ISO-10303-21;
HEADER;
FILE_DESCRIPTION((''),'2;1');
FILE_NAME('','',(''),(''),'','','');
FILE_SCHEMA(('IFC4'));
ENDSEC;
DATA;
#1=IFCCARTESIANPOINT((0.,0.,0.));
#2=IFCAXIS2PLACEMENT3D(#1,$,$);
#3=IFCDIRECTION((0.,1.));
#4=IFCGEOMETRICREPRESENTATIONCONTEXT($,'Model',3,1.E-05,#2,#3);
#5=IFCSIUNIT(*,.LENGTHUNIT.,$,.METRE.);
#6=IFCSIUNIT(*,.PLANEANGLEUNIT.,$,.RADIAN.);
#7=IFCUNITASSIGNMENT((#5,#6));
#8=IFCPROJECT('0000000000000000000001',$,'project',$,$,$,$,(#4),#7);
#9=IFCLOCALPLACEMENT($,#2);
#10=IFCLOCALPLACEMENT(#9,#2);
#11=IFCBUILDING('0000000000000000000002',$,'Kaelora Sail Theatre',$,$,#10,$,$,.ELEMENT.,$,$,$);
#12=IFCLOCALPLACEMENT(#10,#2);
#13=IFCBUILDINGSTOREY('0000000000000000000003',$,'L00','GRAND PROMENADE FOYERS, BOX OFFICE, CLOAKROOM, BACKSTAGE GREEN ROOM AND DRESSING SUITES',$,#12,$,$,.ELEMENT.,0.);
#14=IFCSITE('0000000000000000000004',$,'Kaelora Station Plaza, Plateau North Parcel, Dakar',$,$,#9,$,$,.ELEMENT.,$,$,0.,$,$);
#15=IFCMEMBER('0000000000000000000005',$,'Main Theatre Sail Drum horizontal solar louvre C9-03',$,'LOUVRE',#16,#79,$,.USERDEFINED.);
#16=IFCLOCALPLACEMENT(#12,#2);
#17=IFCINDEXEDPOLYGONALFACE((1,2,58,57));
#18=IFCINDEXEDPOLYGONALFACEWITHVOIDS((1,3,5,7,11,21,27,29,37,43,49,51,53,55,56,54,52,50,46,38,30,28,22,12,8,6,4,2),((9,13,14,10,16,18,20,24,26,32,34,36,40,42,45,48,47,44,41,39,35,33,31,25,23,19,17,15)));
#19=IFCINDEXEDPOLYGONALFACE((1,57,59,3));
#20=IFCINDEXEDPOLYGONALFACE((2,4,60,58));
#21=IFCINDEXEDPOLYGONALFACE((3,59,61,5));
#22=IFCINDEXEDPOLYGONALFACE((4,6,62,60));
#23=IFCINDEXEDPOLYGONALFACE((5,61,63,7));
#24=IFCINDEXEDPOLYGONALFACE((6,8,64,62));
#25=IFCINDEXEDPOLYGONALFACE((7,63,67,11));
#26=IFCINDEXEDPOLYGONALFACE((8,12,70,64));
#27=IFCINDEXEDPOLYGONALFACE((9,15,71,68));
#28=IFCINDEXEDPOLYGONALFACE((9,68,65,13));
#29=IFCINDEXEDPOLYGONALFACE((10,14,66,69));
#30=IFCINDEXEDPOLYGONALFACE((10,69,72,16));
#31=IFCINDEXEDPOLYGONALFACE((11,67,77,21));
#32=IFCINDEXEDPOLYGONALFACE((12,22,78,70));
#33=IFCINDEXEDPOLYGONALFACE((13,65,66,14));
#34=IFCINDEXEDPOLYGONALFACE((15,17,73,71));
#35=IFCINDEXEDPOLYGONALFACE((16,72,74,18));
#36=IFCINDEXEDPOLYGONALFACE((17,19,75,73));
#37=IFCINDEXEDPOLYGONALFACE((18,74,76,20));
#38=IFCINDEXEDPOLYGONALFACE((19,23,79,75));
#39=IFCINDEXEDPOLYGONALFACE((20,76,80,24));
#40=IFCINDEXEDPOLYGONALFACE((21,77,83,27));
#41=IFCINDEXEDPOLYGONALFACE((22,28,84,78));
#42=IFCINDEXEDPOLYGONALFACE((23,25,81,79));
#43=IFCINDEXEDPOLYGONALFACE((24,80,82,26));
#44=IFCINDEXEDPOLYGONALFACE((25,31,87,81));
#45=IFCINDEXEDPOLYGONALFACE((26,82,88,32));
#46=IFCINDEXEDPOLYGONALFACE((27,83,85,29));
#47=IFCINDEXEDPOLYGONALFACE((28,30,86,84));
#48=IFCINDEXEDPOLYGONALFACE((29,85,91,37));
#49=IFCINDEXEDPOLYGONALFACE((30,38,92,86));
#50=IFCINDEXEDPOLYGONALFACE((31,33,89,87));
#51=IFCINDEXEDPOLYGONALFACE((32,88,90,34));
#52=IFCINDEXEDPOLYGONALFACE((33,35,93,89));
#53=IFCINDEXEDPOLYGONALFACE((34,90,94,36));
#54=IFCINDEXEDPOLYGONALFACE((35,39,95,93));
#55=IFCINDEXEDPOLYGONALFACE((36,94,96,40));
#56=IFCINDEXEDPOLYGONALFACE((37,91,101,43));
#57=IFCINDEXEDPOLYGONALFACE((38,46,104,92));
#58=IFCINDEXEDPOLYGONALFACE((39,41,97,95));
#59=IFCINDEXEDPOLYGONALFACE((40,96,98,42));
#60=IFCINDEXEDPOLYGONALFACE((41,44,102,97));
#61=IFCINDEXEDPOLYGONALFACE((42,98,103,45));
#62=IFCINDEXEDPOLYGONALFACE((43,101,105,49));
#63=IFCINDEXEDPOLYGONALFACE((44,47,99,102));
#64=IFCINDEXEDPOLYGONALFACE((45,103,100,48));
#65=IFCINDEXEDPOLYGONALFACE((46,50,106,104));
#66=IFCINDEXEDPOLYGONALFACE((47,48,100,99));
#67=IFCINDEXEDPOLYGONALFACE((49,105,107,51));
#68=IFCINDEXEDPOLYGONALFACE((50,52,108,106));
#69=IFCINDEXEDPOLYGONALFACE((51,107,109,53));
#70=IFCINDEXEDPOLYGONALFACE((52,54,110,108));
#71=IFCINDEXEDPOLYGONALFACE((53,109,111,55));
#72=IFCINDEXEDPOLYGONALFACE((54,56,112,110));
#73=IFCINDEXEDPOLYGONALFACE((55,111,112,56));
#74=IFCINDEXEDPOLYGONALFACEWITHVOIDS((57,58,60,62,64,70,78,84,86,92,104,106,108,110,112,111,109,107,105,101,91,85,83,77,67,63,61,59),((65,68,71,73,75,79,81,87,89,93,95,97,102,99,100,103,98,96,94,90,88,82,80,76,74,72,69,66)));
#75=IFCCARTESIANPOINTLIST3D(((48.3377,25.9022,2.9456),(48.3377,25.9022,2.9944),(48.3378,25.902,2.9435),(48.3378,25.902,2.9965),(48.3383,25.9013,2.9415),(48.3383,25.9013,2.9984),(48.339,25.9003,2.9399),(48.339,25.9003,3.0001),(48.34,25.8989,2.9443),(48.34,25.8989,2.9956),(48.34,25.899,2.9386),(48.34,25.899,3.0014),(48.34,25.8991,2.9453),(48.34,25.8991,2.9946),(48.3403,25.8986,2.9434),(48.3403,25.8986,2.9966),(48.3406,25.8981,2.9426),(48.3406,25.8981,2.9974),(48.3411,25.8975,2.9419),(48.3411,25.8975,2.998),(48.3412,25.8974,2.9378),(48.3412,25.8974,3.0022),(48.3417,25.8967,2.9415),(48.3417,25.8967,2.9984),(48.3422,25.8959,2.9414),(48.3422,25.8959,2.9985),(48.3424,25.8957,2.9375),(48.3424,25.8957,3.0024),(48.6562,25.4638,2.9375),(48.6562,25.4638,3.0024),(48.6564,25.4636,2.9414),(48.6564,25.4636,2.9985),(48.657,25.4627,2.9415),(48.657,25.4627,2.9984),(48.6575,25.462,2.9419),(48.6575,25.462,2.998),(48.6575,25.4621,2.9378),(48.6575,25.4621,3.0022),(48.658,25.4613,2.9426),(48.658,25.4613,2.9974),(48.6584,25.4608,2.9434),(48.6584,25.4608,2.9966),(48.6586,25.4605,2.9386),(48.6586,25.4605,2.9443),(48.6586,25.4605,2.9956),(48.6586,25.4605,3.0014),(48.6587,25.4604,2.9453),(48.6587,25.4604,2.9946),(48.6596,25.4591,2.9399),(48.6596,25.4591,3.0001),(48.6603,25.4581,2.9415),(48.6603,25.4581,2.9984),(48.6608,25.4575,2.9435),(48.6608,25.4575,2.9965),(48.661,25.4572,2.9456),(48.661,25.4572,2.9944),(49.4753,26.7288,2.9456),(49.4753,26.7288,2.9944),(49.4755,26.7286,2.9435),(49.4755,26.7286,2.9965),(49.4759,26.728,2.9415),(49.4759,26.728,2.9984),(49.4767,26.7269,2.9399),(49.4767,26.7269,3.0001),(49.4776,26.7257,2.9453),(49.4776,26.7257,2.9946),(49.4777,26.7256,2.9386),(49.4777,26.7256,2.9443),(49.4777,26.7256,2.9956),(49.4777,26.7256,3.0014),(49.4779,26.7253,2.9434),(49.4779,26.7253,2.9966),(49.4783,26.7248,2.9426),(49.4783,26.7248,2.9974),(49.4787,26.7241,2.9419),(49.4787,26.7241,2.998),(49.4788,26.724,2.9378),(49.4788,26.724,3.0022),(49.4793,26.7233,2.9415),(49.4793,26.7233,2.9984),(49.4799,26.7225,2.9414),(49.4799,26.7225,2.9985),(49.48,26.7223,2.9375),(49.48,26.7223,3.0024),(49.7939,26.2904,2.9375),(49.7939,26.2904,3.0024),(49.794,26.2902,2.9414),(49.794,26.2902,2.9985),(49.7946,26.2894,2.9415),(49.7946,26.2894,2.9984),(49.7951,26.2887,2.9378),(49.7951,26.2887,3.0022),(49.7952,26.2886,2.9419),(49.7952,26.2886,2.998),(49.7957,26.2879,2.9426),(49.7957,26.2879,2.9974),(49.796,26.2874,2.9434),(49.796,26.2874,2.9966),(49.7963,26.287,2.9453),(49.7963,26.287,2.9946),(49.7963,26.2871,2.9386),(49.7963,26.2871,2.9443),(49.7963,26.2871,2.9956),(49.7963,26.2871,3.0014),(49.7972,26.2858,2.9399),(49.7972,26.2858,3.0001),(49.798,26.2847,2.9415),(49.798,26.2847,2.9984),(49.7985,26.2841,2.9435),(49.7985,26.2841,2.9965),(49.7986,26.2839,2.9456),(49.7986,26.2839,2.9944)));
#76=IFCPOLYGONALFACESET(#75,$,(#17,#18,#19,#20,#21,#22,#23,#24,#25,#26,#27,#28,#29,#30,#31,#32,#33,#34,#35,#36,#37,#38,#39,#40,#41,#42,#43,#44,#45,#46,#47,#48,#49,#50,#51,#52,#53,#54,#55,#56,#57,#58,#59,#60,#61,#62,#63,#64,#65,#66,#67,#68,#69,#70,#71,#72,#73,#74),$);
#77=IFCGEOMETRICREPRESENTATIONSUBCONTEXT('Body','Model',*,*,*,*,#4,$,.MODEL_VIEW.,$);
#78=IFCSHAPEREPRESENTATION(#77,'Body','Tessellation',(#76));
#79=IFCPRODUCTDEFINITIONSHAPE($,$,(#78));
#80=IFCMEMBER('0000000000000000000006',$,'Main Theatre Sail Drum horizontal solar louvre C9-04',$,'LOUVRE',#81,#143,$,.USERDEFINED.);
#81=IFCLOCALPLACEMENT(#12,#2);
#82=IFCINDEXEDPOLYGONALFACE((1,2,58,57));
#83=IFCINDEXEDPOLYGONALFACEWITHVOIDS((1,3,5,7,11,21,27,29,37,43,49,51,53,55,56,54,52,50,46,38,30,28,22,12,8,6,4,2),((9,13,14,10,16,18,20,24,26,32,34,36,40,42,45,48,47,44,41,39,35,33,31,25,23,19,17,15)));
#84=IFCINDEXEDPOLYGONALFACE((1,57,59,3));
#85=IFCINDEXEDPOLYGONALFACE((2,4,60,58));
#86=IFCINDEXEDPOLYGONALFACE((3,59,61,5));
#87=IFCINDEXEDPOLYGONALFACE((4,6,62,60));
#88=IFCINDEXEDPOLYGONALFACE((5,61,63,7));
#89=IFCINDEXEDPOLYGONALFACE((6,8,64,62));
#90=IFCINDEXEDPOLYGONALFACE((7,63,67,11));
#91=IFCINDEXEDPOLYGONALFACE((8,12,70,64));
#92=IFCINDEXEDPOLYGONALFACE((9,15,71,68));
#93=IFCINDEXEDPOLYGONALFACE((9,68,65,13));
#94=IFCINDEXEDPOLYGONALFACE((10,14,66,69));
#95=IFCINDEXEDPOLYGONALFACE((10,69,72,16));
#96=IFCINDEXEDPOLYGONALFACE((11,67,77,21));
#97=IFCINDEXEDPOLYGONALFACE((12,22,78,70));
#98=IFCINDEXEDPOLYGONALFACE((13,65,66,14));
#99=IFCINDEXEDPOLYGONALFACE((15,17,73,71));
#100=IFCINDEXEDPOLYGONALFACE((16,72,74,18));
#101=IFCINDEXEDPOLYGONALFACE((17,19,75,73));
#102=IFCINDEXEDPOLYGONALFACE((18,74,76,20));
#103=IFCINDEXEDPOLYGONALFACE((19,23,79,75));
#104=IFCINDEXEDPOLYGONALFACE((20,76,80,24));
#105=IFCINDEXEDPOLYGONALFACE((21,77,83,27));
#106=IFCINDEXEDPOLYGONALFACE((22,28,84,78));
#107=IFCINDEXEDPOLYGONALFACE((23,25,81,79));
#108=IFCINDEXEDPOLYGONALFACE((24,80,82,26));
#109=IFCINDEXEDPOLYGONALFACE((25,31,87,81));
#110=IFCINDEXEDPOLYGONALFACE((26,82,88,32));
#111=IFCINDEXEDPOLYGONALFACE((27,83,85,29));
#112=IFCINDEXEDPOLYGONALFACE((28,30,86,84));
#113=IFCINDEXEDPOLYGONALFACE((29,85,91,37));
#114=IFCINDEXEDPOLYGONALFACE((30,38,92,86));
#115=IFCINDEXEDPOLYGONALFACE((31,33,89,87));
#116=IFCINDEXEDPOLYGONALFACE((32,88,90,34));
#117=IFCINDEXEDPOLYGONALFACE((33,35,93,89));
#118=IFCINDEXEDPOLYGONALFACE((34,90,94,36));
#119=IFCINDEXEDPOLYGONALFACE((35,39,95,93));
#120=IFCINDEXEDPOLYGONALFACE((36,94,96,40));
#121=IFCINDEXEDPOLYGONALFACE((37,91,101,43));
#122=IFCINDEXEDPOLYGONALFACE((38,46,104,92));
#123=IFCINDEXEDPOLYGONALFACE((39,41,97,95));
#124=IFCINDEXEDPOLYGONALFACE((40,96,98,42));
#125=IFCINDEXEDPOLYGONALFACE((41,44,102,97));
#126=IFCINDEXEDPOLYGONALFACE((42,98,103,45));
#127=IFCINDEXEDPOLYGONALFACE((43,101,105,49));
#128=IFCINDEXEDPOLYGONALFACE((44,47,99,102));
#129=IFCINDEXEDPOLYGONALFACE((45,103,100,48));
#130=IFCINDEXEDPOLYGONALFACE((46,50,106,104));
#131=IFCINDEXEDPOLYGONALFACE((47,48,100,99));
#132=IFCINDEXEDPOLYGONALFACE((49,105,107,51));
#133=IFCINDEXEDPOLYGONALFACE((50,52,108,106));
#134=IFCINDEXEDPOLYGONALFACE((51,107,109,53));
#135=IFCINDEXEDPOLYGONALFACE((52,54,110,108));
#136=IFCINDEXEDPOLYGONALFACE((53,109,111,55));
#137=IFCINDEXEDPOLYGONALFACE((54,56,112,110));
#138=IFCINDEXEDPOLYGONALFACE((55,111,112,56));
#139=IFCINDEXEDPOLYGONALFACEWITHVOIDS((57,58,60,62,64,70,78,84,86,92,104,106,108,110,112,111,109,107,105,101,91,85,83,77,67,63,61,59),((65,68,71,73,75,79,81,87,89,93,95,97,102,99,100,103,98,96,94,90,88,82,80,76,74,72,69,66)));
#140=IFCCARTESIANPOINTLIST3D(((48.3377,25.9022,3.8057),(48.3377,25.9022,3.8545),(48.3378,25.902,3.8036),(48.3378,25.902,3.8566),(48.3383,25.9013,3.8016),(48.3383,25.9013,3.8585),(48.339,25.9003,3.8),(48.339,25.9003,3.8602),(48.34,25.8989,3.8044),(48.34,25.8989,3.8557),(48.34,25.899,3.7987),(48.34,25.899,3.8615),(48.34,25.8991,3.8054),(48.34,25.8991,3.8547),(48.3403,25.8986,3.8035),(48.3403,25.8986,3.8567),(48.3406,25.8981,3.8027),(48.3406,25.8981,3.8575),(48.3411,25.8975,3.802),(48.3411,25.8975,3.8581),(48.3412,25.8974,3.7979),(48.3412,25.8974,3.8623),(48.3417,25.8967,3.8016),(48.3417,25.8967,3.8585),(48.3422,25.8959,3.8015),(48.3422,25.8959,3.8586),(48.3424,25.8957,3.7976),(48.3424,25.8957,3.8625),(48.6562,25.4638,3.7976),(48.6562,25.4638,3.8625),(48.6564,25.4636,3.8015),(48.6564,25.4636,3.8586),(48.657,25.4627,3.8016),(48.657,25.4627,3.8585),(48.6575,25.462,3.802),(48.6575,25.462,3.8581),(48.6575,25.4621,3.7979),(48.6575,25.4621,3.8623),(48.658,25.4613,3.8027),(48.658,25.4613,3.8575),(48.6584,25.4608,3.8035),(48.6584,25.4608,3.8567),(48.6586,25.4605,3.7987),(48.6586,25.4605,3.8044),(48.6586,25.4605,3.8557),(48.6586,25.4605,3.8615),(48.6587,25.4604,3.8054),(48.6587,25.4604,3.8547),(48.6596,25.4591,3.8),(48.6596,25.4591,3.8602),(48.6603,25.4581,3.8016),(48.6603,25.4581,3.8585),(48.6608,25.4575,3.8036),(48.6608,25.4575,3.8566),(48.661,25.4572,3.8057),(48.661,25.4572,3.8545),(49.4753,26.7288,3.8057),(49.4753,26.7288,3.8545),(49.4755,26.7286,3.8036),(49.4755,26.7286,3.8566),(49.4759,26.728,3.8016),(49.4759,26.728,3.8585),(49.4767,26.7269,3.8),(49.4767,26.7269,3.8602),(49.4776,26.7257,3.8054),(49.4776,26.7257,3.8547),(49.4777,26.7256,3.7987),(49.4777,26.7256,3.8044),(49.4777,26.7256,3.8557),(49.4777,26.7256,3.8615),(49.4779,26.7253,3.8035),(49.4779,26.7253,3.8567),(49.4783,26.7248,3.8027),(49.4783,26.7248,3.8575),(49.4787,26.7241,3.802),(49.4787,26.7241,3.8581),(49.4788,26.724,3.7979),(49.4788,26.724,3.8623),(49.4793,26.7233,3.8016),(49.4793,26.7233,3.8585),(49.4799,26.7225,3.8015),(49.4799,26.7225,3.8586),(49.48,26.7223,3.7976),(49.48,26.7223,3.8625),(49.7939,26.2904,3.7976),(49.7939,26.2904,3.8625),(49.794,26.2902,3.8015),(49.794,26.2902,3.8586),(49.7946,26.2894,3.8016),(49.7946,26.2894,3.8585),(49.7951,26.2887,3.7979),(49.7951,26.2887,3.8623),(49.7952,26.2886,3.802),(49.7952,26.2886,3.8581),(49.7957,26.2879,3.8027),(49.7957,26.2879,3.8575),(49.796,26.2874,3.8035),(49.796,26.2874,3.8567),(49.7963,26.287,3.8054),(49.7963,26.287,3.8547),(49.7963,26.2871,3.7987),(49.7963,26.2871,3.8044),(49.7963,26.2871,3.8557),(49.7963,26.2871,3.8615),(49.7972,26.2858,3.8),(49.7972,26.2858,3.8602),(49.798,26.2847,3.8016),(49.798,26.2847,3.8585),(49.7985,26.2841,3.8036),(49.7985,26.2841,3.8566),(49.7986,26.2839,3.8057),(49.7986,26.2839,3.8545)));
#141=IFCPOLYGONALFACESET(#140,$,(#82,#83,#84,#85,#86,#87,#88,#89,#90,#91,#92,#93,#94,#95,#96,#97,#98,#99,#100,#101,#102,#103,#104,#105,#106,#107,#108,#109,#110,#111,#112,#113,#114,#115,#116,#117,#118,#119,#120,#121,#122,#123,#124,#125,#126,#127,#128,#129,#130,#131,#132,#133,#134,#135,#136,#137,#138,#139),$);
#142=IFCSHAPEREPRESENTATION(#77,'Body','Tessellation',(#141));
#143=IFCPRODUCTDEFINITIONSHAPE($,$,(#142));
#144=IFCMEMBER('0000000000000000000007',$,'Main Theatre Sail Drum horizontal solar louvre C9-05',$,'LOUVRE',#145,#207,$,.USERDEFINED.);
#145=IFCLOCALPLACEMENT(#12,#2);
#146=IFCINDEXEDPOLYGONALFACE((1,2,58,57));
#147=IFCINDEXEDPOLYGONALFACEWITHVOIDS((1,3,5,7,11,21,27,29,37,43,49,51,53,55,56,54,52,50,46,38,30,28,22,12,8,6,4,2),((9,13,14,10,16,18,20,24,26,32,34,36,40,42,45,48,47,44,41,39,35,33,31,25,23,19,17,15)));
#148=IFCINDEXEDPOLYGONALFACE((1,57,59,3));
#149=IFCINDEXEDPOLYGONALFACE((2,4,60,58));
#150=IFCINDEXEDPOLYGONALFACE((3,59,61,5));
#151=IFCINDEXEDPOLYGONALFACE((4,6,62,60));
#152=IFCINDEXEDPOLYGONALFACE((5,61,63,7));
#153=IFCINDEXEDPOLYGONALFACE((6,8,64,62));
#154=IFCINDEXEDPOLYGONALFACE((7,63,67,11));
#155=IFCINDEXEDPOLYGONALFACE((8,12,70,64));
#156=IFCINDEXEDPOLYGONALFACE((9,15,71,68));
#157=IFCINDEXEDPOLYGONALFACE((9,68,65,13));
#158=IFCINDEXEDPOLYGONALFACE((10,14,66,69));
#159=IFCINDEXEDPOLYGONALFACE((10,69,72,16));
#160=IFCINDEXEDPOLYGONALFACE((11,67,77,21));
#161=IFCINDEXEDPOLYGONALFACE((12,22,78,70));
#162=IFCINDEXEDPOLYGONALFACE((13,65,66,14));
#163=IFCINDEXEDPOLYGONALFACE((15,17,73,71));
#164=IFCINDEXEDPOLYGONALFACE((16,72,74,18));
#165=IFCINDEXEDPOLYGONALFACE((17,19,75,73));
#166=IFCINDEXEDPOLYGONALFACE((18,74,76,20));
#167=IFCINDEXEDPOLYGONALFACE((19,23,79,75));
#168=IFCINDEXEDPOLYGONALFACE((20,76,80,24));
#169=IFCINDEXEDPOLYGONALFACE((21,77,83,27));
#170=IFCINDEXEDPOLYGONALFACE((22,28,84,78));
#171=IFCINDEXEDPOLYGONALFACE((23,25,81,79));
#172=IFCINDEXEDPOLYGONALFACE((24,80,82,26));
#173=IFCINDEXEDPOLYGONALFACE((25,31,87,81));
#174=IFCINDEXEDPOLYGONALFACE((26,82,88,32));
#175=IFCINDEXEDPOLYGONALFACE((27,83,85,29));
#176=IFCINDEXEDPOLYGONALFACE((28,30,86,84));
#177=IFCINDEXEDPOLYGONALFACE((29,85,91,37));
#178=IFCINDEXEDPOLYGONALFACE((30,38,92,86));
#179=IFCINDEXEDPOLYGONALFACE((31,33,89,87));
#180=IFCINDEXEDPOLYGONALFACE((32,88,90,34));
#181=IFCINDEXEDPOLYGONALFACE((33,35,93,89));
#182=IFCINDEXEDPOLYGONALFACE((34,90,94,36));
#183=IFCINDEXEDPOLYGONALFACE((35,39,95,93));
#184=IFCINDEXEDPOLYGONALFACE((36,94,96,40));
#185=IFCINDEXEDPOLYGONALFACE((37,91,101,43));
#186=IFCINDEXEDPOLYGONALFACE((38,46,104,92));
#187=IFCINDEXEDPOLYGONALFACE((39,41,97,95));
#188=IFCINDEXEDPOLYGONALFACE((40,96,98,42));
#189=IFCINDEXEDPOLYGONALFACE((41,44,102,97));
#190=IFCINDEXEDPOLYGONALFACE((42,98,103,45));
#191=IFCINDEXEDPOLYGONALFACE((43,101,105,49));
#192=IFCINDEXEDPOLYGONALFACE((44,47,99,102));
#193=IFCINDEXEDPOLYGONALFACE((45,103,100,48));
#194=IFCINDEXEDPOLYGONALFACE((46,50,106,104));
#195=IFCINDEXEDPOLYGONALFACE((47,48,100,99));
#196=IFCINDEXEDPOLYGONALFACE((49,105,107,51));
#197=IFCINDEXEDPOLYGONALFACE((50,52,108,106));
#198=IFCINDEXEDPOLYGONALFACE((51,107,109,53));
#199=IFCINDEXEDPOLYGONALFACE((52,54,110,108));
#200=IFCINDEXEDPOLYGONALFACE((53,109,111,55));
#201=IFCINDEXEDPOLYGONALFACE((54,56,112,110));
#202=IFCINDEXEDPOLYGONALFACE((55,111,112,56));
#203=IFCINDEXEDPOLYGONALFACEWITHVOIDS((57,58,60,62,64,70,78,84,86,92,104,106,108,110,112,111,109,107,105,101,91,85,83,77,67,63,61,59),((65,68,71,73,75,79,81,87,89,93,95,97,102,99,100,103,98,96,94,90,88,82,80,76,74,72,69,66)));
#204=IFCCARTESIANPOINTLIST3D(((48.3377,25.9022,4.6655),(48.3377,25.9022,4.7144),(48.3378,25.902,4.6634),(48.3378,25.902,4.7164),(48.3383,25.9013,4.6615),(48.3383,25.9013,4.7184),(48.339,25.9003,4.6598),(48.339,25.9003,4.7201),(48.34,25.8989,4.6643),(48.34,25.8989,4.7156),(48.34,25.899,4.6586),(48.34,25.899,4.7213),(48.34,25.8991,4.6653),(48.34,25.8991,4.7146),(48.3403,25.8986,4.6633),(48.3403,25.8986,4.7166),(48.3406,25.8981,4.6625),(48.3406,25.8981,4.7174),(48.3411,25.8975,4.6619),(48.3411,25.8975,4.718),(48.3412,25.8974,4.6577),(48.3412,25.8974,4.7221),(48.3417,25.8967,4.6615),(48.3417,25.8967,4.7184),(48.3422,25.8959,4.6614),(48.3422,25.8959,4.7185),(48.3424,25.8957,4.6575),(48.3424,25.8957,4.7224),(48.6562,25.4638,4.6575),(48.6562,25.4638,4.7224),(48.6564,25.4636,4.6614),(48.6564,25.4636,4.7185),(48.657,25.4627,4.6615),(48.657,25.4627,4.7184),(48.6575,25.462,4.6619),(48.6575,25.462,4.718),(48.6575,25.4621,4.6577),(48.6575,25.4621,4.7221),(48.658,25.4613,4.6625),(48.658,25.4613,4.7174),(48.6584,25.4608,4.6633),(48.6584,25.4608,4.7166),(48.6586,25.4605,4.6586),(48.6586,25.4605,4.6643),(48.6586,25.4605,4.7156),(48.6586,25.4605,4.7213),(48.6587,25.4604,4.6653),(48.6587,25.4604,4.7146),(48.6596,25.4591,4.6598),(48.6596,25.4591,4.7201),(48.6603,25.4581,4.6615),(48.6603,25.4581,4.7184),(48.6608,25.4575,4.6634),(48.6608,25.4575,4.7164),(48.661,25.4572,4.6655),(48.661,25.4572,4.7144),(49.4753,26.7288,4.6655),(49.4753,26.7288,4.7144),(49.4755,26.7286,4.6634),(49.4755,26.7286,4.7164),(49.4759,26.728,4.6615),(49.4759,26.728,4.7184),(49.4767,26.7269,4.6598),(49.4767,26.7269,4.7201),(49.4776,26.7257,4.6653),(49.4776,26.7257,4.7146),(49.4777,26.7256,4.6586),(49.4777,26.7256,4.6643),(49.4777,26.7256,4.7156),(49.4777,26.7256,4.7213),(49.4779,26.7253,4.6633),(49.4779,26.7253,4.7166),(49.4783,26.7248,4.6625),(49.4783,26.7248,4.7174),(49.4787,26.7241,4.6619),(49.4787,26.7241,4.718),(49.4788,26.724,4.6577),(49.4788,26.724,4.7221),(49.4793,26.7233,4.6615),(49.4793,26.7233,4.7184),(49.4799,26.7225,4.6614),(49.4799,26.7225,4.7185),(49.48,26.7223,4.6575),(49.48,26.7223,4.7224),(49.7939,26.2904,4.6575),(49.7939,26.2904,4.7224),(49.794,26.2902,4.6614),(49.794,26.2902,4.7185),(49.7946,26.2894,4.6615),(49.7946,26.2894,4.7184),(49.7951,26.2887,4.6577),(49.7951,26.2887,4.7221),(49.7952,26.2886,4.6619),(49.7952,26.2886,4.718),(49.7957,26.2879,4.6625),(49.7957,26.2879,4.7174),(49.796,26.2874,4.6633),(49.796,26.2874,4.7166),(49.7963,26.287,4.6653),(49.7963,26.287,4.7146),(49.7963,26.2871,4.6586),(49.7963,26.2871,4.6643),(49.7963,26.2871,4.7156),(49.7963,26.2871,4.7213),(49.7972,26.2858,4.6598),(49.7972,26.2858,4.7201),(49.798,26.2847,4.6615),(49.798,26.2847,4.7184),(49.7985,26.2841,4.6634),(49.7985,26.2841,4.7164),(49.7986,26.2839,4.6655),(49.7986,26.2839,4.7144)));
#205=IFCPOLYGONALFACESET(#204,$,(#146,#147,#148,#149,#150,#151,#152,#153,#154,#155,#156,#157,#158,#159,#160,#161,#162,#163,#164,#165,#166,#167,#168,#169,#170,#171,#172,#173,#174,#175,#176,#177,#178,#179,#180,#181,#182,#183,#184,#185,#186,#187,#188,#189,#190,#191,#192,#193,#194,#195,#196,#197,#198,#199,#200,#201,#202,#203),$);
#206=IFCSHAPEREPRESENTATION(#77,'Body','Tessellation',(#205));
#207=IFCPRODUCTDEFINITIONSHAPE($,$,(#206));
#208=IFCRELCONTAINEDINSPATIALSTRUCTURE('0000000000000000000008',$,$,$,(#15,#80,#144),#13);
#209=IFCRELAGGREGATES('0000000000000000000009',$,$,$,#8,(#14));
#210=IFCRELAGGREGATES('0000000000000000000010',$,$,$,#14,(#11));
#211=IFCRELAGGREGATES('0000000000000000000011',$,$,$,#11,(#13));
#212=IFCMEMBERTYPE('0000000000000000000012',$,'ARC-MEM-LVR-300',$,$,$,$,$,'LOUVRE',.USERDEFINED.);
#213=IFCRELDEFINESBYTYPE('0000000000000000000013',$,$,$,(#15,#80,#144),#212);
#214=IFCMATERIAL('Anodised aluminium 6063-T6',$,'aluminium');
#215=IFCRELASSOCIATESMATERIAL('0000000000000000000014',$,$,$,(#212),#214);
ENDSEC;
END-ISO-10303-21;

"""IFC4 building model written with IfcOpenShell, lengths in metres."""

from ifc_helpers import new_model, si_unit, direction, frame, origin, origin_2d, place, context, subcontext, project, spatial, hollow_rectangle, extrude, material, material_profile, profile_set, type_object, element, save


model = new_model("IFC4")

# Units and contexts
model_context = context("Model", 3, precision=1e-05, world=origin(), true_north=direction((0.0, 1.0)))
body_context = subcontext(model_context, "Body", "Model", "MODEL_VIEW")
ifc_project = project(units=[si_unit("LENGTHUNIT", "METRE"), si_unit("PLANEANGLEUNIT", "RADIAN")], contexts=[model_context])

# Site, building, storey
site_placement = place(None, origin())
site = spatial("IfcSite", under=ifc_project, at=site_placement, Name="Kaelora Station Plaza, Plateau North Parcel, Dakar", CompositionType="ELEMENT", RefElevation=0.0)
building_placement = place(site_placement, origin())
building = spatial("IfcBuilding", under=site, at=building_placement, Name="Kaelora Sail Theatre", CompositionType="ELEMENT")
storey_placement = place(building_placement, origin())
storey = spatial("IfcBuildingStorey", under=building, at=storey_placement, Name="L00", Description="GRAND PROMENADE FOYERS, BOX OFFICE, CLOAKROOM, BACKSTAGE GREEN ROOM AND DRESSING SUITES", CompositionType="ELEMENT", Elevation=0.0)

# Members
ifc_material_1 = material(Name="Anodised aluminium 6063-T6", Category="aluminium")
ifc_material_profile_1 = material_profile(ifc_material_1, hollow_rectangle(XDim=0.55, YDim=0.0649, WallThickness=0.0039, InnerFilletRadius=0.0039, OuterFilletRadius=0.0081, at=origin_2d()), Name="LOUVRE 550x65x4")
ifc_profile_set_1 = profile_set([ifc_material_profile_1], Name="Anodised aluminium 6063-T6")
member_type_1 = type_object("IfcMemberType", Name="ARC-MEM-LVR-300", ElementType="LOUVRE", PredefinedType="USERDEFINED", material=ifc_profile_set_1)
for number, where, z_axis, x_axis, name in (
    (1, (49.637, 26.5063, 2.97), (-0.808991, -0.587821, 0.0), (0.587821, -0.808991, 0.0), "Main Theatre Sail Drum horizontal solar louvre C9-03"),
    (2, (49.637, 26.5063, 3.8301), (-0.808991, -0.587821, 0.0), (0.587821, -0.808991, 0.0), "Main Theatre Sail Drum horizontal solar louvre C9-04"),
    (3, (49.637, 26.5063, 4.6899), (-0.808991, -0.587821, 0.0), (0.587821, -0.808991, 0.0), "Main Theatre Sail Drum horizontal solar louvre C9-05"),
):
    element("IfcMember", number, at=place(storey_placement, frame(where, z_axis=z_axis, x_axis=x_axis)), inside=storey, type_object=member_type_1, Name=name, ObjectType="LOUVRE", PredefinedType="USERDEFINED", context=body_context, shape_type="SweptSolid", body=[
        extrude(hollow_rectangle(XDim=0.55, YDim=0.0649, WallThickness=0.0039, InnerFilletRadius=0.0039, OuterFilletRadius=0.0081, at=origin_2d()), origin(), (0.0, 0.0, 1.0), 1.4062),
    ])

save(model, "model.ifc")
